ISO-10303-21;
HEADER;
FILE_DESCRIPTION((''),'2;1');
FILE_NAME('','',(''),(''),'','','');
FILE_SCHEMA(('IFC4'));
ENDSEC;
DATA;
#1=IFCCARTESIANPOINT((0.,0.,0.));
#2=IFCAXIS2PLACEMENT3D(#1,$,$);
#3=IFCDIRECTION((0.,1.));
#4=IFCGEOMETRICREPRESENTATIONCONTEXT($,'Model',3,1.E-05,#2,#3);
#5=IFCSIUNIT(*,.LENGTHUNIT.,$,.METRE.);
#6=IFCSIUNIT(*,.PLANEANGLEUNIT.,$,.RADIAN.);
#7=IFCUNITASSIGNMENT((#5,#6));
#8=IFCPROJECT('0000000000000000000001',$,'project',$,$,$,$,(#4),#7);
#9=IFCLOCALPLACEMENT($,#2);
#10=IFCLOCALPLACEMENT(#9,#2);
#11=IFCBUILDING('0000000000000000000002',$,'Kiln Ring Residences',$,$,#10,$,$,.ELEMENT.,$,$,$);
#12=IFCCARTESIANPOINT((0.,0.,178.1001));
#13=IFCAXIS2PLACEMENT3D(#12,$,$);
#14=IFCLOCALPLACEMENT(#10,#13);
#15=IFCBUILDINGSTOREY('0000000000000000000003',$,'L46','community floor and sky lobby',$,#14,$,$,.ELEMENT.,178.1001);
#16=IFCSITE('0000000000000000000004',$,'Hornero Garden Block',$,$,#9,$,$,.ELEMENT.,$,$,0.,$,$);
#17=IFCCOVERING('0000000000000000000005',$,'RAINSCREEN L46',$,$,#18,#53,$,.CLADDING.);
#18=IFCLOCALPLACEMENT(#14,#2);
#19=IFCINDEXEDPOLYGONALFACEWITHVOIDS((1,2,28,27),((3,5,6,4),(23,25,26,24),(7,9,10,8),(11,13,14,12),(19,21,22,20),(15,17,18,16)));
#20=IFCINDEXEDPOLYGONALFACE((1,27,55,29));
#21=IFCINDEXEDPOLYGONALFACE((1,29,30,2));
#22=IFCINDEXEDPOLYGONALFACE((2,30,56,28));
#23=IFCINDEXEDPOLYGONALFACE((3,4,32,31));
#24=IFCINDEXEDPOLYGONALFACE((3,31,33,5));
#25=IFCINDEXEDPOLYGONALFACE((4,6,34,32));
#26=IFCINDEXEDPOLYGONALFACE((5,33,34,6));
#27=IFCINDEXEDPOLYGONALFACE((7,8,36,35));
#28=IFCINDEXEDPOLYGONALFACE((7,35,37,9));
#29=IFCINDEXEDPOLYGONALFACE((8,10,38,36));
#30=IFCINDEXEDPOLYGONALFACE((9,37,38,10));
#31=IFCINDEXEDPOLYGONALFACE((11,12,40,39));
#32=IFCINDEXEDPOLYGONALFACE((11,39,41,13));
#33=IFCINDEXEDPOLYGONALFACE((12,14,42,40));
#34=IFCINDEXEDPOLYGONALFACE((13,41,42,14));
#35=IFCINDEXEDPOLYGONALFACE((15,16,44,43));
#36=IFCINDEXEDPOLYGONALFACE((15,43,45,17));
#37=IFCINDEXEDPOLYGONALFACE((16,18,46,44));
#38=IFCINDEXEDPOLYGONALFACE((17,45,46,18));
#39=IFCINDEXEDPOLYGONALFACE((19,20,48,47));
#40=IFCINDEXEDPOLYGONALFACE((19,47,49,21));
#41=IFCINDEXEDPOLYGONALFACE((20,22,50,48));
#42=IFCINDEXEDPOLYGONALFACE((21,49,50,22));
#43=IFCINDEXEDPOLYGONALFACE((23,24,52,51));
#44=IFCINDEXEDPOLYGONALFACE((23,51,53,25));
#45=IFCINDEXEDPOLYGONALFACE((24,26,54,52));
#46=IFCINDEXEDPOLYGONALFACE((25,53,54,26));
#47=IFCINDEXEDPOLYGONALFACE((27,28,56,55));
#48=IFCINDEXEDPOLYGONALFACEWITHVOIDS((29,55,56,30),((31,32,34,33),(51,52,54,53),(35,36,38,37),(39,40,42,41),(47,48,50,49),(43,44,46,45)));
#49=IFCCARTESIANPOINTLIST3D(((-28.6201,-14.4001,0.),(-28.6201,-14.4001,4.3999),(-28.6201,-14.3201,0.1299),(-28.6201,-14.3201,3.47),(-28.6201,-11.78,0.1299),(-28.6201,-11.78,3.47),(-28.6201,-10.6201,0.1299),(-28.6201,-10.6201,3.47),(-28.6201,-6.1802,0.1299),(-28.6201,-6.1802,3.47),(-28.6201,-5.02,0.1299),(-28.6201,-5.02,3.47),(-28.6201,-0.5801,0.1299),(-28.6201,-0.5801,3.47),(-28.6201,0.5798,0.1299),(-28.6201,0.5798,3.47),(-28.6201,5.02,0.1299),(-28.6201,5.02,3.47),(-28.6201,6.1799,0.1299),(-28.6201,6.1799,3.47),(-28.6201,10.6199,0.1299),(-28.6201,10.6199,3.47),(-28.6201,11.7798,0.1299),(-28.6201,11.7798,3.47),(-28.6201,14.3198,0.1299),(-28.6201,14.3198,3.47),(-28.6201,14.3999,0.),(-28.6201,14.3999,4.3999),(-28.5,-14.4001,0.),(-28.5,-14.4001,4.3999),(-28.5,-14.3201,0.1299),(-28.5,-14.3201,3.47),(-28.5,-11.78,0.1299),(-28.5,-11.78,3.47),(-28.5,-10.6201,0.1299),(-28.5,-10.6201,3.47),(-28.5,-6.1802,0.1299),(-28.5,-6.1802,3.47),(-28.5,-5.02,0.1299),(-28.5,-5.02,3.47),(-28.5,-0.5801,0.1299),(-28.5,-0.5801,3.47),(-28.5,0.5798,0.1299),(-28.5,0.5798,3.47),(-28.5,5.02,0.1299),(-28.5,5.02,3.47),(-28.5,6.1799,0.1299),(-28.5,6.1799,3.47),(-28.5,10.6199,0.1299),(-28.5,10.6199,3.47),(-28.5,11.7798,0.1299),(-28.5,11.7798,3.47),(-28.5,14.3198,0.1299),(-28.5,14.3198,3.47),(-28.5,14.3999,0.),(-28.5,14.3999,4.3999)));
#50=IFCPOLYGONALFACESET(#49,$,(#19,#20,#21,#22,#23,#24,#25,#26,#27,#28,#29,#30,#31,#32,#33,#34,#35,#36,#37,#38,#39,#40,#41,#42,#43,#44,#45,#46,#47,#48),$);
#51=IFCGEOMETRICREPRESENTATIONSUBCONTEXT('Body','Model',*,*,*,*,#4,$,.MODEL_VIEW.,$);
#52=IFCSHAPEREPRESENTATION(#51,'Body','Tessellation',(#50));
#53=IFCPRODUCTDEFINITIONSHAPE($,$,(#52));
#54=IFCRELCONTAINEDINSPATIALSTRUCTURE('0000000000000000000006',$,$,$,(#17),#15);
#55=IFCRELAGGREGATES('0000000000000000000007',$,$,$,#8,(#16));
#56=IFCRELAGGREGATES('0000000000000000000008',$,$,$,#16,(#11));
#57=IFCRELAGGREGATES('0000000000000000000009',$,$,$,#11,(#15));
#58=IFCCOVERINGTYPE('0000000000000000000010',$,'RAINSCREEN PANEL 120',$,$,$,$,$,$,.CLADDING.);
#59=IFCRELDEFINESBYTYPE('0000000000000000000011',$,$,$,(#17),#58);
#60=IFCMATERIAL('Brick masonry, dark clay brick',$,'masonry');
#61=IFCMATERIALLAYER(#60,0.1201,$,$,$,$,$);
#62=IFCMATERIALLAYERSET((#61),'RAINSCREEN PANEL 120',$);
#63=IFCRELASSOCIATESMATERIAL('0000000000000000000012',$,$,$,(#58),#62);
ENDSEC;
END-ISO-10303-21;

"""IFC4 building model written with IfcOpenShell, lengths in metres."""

from ifc_helpers import new_model, si_unit, direction, frame, origin, place, context, subcontext, project, spatial, polyline, outline, extrude, material, layer, layer_set, type_object, element, save


model = new_model("IFC4")

# Units and contexts
model_context = context("Model", 3, precision=1e-05, world=origin(), true_north=direction((0.0, 1.0)))
body_context = subcontext(model_context, "Body", "Model", "MODEL_VIEW")
ifc_project = project(units=[si_unit("LENGTHUNIT", "METRE"), si_unit("PLANEANGLEUNIT", "RADIAN")], contexts=[model_context])

# Site, building, storey
site_placement = place(None, origin())
site = spatial("IfcSite", under=ifc_project, at=site_placement, Name="Hornero Garden Block", CompositionType="ELEMENT", RefElevation=0.0)
building_placement = place(site_placement, origin())
building = spatial("IfcBuilding", under=site, at=building_placement, Name="Kiln Ring Residences", CompositionType="ELEMENT")
storey_placement = place(building_placement, frame((0.0, 0.0, 178.1001)))
storey = spatial("IfcBuildingStorey", under=building, at=storey_placement, Name="L46", Description="community floor and sky lobby", CompositionType="ELEMENT", Elevation=178.1001)

# Covering
ifc_material_1 = material(Name="Brick masonry, dark clay brick", Category="masonry")
ifc_layer_1 = layer(ifc_material_1, 0.1201)
ifc_layer_set_1 = layer_set([ifc_layer_1], Name="RAINSCREEN PANEL 120")
covering_type = type_object("IfcCoveringType", Name="RAINSCREEN PANEL 120", PredefinedType="CLADDING", material=ifc_layer_set_1)
covering_1_placement = place(storey_placement, frame((-28.5601, 14.3999, 0.0), z_axis=(0.0, 0.0, 1.0), x_axis=(0.0, -1.0, 0.0)))
element("IfcCovering", 1, at=covering_1_placement, inside=storey, type_object=covering_type, Name="RAINSCREEN L46", PredefinedType="CLADDING", context=body_context, shape_type="SweptSolid", body=[
    extrude(outline(polyline([(0.0, 0.0), (28.8, 0.0), (28.8, 4.3999), (0.0, 4.3999), (0.0, 0.0)]), holes=[polyline([(2.6201, 0.1299), (2.6201, 3.47), (0.0801, 3.47), (0.0801, 0.1299), (2.6201, 0.1299)]), polyline([(3.78, 0.1299), (8.22, 0.1299), (8.22, 3.47), (3.78, 3.47), (3.78, 0.1299)]), polyline([(9.3799, 0.1299), (13.8201, 0.1299), (13.8201, 3.47), (9.3799, 3.47), (9.3799, 0.1299)]), polyline([(19.4199, 0.1299), (19.4199, 3.47), (14.98, 3.47), (14.98, 0.1299), (19.4199, 0.1299)]), polyline([(20.5801, 0.1299), (25.02, 0.1299), (25.02, 3.47), (20.5801, 3.47), (20.5801, 0.1299)]), polyline([(26.1799, 0.1299), (28.72, 0.1299), (28.72, 3.47), (26.1799, 3.47), (26.1799, 0.1299)])]), frame((0.0, 0.0601, 0.0), z_axis=(0.0, -1.0, 0.0), x_axis=(1.0, 0.0, 0.0)), (0.0, 0.0, 1.0), 0.1201),
])

save(model, "model.ifc")
